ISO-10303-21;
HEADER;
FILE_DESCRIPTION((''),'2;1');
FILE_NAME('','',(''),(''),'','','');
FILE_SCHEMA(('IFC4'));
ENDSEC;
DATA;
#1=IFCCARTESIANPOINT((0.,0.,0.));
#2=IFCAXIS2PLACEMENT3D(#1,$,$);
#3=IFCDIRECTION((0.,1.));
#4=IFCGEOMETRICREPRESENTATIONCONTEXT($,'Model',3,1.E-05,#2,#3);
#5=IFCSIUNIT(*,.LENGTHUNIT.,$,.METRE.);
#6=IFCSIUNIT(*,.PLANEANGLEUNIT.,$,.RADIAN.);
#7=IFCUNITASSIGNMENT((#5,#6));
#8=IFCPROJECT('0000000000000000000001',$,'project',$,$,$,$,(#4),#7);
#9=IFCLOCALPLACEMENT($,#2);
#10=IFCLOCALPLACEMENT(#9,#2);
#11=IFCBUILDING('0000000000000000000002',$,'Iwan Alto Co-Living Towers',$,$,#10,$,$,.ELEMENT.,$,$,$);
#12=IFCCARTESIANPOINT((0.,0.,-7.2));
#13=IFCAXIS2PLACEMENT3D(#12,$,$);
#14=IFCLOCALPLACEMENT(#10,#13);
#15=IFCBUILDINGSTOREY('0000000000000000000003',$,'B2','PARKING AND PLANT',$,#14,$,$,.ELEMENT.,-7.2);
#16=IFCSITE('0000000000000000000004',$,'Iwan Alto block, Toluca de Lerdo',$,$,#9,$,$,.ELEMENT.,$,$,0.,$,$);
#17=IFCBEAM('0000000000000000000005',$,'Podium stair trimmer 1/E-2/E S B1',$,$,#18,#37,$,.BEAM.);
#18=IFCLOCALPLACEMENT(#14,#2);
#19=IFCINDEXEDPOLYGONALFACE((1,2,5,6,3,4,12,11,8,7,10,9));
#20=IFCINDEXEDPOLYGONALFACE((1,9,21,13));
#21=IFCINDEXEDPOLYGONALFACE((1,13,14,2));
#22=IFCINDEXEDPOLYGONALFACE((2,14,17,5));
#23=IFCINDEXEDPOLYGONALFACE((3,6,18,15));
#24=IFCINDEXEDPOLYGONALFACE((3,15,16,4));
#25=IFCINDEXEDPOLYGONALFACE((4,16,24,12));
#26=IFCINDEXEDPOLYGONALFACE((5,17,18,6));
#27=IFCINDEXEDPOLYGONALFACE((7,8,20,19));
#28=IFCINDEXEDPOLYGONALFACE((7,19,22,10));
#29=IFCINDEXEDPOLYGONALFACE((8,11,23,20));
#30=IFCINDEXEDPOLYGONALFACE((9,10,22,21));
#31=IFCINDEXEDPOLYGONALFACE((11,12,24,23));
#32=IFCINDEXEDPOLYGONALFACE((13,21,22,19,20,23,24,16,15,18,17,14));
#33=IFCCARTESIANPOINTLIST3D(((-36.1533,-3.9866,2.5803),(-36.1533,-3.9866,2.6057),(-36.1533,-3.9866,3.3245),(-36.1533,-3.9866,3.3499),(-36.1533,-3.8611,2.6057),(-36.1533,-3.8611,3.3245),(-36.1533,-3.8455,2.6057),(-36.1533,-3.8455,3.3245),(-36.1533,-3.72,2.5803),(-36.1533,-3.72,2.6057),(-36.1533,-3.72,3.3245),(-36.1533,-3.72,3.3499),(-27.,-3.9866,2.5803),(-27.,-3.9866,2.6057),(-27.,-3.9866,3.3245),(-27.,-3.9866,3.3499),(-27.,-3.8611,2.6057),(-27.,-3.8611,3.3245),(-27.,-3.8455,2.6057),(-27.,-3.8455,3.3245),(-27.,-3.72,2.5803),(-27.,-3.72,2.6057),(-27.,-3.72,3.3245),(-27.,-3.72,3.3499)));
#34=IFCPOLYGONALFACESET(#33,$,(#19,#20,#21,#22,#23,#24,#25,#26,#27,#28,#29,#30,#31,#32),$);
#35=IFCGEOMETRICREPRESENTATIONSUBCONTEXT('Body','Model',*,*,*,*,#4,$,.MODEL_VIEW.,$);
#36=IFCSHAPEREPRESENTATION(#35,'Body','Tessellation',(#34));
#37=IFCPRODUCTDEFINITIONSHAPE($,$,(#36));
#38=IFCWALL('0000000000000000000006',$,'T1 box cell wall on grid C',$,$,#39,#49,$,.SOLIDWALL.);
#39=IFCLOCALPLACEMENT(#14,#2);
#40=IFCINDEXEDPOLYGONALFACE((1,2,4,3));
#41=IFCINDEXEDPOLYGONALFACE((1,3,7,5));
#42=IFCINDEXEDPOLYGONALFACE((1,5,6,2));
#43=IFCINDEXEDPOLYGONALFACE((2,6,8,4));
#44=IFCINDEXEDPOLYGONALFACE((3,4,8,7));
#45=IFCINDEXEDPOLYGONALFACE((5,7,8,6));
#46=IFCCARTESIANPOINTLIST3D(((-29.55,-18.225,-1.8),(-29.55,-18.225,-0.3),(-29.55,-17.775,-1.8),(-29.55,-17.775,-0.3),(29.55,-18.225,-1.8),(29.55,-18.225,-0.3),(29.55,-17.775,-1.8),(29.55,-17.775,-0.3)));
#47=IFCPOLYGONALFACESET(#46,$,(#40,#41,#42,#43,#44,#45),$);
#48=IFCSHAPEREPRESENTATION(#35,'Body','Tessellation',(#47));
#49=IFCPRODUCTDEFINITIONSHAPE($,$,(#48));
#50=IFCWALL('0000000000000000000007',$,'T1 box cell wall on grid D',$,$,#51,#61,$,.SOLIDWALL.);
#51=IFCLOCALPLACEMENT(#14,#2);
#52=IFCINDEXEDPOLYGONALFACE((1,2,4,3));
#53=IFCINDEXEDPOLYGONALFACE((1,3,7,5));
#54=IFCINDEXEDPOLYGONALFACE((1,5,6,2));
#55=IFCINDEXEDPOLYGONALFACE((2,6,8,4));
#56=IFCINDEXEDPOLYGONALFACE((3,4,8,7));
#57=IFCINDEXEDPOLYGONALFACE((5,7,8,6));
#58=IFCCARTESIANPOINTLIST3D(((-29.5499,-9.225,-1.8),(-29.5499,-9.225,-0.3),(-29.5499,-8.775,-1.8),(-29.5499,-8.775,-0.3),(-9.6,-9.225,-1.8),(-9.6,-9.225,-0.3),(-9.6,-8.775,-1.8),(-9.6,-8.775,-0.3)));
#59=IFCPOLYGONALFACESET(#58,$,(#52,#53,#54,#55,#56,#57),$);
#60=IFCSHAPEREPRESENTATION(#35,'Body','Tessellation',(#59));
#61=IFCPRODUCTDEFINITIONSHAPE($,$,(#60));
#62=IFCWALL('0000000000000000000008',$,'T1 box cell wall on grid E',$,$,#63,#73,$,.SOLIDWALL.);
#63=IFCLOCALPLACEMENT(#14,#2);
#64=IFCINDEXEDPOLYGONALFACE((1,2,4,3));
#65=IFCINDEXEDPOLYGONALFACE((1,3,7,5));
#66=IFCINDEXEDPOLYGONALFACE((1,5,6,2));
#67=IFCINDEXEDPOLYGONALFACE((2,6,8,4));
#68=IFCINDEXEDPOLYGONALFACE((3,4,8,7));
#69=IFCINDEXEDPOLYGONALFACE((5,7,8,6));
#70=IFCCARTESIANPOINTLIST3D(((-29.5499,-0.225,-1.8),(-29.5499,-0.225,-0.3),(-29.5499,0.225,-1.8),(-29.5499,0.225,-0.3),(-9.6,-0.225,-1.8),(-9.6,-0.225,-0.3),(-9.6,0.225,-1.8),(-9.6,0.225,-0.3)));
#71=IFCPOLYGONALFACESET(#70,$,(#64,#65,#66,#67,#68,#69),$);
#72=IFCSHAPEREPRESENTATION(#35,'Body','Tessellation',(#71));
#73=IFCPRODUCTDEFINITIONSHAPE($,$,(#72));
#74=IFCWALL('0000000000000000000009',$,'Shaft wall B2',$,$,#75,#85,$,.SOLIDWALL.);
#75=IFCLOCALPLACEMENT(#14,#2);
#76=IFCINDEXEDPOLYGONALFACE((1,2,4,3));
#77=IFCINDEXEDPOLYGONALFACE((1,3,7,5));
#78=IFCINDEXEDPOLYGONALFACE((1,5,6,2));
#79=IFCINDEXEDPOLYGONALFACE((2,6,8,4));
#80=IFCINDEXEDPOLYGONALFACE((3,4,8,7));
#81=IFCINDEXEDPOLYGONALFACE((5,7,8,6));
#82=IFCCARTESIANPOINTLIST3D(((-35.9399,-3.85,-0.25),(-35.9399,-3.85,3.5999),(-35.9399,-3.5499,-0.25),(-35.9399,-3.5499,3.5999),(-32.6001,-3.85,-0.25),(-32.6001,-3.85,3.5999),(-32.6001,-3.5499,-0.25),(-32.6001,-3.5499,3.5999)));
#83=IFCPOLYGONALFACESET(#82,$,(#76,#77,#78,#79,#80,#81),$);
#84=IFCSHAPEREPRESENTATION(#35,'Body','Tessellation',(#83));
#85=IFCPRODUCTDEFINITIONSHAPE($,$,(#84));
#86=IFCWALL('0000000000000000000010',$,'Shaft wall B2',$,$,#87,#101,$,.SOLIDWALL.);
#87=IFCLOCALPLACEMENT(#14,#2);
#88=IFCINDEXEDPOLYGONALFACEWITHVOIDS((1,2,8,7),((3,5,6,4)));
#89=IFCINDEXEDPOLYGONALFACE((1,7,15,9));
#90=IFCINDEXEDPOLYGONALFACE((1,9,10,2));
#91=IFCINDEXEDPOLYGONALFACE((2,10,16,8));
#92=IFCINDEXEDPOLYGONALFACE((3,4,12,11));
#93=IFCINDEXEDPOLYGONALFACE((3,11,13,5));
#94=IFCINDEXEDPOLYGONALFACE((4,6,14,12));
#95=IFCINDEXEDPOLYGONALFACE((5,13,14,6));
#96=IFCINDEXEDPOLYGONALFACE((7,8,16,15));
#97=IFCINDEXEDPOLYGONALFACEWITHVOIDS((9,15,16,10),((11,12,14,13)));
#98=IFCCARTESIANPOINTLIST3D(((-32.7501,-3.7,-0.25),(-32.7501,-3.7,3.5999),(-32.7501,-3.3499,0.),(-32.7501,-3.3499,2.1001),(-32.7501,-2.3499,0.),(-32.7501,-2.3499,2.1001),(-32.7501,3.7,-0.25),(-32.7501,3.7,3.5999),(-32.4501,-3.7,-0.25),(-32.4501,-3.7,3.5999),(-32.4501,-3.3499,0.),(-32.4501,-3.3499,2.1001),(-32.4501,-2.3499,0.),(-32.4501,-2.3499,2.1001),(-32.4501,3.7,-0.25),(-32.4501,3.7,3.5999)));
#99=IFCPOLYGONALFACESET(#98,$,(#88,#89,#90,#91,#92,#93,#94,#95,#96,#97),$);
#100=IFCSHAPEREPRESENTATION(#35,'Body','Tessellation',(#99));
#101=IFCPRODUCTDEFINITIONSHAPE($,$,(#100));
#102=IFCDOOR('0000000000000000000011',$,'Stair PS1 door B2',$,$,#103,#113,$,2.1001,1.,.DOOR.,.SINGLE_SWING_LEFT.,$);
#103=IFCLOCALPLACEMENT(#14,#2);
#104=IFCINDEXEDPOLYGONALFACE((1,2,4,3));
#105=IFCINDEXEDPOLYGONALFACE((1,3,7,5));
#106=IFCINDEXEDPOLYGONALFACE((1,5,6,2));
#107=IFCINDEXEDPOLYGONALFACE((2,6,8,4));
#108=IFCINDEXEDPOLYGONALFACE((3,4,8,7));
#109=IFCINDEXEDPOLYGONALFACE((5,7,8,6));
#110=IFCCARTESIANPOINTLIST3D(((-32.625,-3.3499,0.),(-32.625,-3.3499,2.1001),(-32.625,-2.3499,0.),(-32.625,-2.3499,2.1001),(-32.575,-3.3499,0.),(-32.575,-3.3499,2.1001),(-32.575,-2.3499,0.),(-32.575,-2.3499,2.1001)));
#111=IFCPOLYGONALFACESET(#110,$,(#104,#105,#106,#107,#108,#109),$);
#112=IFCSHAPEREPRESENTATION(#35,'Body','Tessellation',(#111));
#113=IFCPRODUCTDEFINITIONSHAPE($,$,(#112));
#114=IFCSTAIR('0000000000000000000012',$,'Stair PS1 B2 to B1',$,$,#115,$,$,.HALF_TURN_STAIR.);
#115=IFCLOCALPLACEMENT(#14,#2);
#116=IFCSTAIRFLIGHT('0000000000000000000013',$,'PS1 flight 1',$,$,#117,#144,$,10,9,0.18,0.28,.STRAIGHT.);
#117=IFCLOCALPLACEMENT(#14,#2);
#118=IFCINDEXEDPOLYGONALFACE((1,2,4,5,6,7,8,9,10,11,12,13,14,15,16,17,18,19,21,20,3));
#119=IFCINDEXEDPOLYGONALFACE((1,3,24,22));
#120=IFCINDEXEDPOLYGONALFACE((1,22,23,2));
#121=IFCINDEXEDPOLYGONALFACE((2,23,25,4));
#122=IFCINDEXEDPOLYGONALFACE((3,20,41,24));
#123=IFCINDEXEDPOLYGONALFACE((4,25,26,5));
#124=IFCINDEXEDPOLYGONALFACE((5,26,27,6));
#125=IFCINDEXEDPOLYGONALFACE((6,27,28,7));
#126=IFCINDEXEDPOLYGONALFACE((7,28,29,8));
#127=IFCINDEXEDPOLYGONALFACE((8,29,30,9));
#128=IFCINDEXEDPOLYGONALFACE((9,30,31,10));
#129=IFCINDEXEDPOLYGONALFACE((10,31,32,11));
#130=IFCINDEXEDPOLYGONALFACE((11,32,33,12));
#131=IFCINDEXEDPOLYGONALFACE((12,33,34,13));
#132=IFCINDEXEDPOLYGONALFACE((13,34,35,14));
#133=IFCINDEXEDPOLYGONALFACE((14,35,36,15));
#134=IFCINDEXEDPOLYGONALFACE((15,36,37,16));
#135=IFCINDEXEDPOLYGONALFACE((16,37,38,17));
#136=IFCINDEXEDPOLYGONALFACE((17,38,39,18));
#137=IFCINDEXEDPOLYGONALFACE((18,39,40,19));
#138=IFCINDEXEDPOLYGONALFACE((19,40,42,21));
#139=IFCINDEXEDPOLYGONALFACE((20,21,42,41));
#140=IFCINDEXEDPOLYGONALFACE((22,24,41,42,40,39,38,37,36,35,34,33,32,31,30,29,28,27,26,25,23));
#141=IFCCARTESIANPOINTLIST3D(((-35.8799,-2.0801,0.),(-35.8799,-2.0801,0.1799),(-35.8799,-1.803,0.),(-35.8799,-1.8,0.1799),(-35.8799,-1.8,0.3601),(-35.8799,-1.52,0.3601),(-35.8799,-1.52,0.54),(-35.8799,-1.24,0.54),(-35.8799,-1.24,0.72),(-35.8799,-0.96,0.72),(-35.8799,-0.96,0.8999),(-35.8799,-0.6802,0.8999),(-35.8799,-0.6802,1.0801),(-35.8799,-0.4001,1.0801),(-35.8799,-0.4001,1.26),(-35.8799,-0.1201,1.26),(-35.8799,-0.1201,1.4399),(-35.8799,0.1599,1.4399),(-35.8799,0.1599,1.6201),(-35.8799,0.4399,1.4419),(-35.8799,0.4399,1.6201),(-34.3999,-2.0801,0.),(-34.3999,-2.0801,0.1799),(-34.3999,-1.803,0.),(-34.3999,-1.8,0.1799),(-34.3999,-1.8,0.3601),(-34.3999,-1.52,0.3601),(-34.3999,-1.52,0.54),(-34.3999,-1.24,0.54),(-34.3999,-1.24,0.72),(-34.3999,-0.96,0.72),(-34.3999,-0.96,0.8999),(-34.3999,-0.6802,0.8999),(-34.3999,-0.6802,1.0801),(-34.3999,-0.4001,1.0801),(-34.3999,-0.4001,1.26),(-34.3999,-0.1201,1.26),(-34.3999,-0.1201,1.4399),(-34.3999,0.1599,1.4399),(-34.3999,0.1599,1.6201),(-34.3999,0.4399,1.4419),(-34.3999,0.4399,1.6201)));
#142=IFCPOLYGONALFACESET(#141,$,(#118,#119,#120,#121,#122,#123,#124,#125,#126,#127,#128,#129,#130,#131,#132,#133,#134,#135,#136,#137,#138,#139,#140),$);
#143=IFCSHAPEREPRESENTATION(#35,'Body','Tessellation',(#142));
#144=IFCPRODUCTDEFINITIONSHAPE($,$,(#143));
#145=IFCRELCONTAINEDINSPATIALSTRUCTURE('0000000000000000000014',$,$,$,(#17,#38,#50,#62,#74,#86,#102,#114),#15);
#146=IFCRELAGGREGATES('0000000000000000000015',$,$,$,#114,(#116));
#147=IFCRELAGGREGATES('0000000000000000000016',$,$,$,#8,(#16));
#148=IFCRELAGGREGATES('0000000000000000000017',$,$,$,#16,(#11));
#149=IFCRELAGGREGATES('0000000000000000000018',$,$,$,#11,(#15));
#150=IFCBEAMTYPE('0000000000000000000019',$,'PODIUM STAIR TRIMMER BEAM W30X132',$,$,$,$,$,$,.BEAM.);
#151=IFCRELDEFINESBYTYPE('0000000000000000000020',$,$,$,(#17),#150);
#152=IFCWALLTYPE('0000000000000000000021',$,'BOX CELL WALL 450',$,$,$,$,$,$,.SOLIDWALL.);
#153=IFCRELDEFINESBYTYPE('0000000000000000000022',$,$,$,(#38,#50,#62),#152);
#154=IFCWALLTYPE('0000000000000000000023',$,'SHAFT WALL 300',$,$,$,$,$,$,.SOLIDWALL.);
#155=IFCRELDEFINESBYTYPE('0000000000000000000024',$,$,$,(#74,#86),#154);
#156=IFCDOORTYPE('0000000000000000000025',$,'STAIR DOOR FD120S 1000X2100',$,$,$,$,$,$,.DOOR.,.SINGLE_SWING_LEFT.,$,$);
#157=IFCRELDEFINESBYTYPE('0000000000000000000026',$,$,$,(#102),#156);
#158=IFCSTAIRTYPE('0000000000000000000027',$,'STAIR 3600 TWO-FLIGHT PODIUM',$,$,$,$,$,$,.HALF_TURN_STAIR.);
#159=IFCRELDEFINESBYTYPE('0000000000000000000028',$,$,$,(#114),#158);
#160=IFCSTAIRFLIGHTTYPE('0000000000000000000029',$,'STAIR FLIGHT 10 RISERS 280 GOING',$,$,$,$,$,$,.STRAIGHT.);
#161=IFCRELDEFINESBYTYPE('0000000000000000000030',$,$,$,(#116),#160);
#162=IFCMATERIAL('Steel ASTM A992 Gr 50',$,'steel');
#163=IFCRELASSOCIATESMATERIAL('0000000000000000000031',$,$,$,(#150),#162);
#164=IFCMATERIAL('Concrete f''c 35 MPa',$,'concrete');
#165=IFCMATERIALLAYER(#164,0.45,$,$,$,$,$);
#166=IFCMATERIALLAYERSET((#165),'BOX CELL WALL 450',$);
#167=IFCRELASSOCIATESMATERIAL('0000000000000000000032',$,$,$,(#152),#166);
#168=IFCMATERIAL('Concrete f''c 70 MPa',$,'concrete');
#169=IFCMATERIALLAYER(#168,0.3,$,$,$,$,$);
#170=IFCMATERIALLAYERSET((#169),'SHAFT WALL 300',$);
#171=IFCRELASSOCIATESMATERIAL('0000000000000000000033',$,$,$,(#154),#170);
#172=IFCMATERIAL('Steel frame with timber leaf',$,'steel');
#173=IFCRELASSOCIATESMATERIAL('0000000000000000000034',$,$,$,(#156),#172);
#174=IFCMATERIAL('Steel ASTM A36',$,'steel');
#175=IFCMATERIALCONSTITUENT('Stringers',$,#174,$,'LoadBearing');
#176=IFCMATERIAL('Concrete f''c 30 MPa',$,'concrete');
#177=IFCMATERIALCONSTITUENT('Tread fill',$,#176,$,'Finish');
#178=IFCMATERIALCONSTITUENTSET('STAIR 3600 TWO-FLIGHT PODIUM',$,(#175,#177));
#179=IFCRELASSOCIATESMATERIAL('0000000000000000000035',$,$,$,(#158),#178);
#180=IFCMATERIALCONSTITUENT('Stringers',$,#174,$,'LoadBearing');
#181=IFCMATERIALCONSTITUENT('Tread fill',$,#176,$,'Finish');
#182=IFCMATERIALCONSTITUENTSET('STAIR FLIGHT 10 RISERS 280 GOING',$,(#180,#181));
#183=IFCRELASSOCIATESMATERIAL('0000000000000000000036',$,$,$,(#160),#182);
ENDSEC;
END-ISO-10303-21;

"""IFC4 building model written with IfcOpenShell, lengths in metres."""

from ifc_helpers import new_model, si_unit, direction, frame, frame_2d, origin, origin_2d, place, context, subcontext, project, spatial, polyline, rectangle, i_section, outline, extrude, material, layer, layer_set, constituent, constituent_set, material_profile, profile_set, type_object, element, fill, aggregate, save


model = new_model("IFC4")

# Units and contexts
model_context = context("Model", 3, precision=1e-05, world=origin(), true_north=direction((0.0, 1.0)))
body_context = subcontext(model_context, "Body", "Model", "MODEL_VIEW")
ifc_project = project(units=[si_unit("LENGTHUNIT", "METRE"), si_unit("PLANEANGLEUNIT", "RADIAN")], contexts=[model_context])

# Site, building, storey
site_placement = place(None, origin())
site = spatial("IfcSite", under=ifc_project, at=site_placement, Name="Iwan Alto block, Toluca de Lerdo", CompositionType="ELEMENT", RefElevation=0.0)
building_placement = place(site_placement, origin())
building = spatial("IfcBuilding", under=site, at=building_placement, Name="Iwan Alto Co-Living Towers", CompositionType="ELEMENT")
storey_placement = place(building_placement, frame((0.0, 0.0, -7.2)))
storey = spatial("IfcBuildingStorey", under=building, at=storey_placement, Name="B2", Description="PARKING AND PLANT", CompositionType="ELEMENT", Elevation=-7.2)

# Beam
ifc_material_1 = material(Name="Steel ASTM A992 Gr 50", Category="steel")
ifc_material_profile_1 = material_profile(ifc_material_1, i_section(OverallWidth=0.2666, OverallDepth=0.7695, WebThickness=0.0156, FlangeThickness=0.0254, at=origin_2d()), Name="W30X132")
ifc_profile_set_1 = profile_set([ifc_material_profile_1], Name="Steel ASTM A992 Gr 50")
beam_type_1 = type_object("IfcBeamType", Name="PODIUM STAIR TRIMMER BEAM W30X132", PredefinedType="BEAM", material=ifc_profile_set_1)
beam_1_placement = place(storey_placement, frame((-36.1533, -3.8533, 2.9651), z_axis=(1.0, 0.0, 0.0), x_axis=(0.0, 1.0, 0.0)))
element("IfcBeam", 1, at=beam_1_placement, inside=storey, type_object=beam_type_1, Name="Podium stair trimmer 1/E-2/E S B1", PredefinedType="BEAM", context=body_context, shape_type="SweptSolid", body=[
    extrude(i_section(OverallWidth=0.2666, OverallDepth=0.7695, WebThickness=0.0156, FlangeThickness=0.0254, at=origin_2d()), origin(), (0.0, 0.0, 1.0), 9.1533),
])

# Walls
ifc_material_2 = material(Name="Concrete f'c 35 MPa", Category="concrete")
ifc_layer_1 = layer(ifc_material_2, 0.45)
ifc_layer_set_1 = layer_set([ifc_layer_1], Name="BOX CELL WALL 450")
wall_type_1 = type_object("IfcWallType", Name="BOX CELL WALL 450", PredefinedType="SOLIDWALL", material=ifc_layer_set_1)
wall_1_placement = place(storey_placement, frame((-29.55, -18.0, -1.8), z_axis=(0.0, 0.0, 1.0), x_axis=(1.0, 0.0, 0.0)))
element("IfcWall", 2, at=wall_1_placement, inside=storey, type_object=wall_type_1, Name="T1 box cell wall on grid C", PredefinedType="SOLIDWALL", context=body_context, shape_type="SweptSolid", body=[
    extrude(rectangle(XDim=59.1001, YDim=0.45, at=frame_2d((29.55, 0.0))), origin(), (0.0, 0.0, 1.0), 1.5),
])
for number, where, z_axis, x_axis, name in (
    (3, (-29.55, -9.0, -1.8), (0.0, 0.0, 1.0), (1.0, 0.0, 0.0), "T1 box cell wall on grid D"),
    (4, (-29.55, 0.0, -1.8), (0.0, 0.0, 1.0), (1.0, 0.0, 0.0), "T1 box cell wall on grid E"),
):
    element("IfcWall", number, at=place(storey_placement, frame(where, z_axis=z_axis, x_axis=x_axis)), inside=storey, type_object=wall_type_1, Name=name, PredefinedType="SOLIDWALL", context=body_context, shape_type="SweptSolid", body=[
        extrude(rectangle(XDim=19.95, YDim=0.45, at=frame_2d((9.9751, 0.0))), origin(), (0.0, 0.0, 1.0), 1.5),
    ])
ifc_material_3 = material(Name="Concrete f'c 70 MPa", Category="concrete")
ifc_layer_2 = layer(ifc_material_3, 0.3)
ifc_layer_set_2 = layer_set([ifc_layer_2], Name="SHAFT WALL 300")
wall_type_2 = type_object("IfcWallType", Name="SHAFT WALL 300", PredefinedType="SOLIDWALL", material=ifc_layer_set_2)
wall_2_placement = place(storey_placement, frame((-35.9399, -3.7, -0.25), z_axis=(0.0, 0.0, 1.0), x_axis=(1.0, 0.0, 0.0)))
element("IfcWall", 5, at=wall_2_placement, inside=storey, type_object=wall_type_2, Name="Shaft wall B2", PredefinedType="SOLIDWALL", context=body_context, shape_type="SweptSolid", body=[
    extrude(rectangle(XDim=3.3398, YDim=0.3, at=frame_2d((1.6699, 0.0))), origin(), (0.0, 0.0, 1.0), 3.8499),
])

# Wall, opening, door
wall_3_placement = place(storey_placement, frame((-32.6001, -3.7, -0.25), z_axis=(0.0, 0.0, 1.0), x_axis=(0.0, 1.0, 0.0)))
wall_3 = element("IfcWall", 6, at=wall_3_placement, inside=storey, type_object=wall_type_2, Name="Shaft wall B2", PredefinedType="SOLIDWALL", context=body_context, shape_type="SweptSolid", body=[
    extrude(rectangle(XDim=7.3999, YDim=0.3, at=frame_2d((3.7, 0.0))), origin(), (0.0, 0.0, 1.0), 3.8499),
])
opening_placement = place(wall_3_placement, frame((0.3501, 0.0, 0.25)))
opening = element("IfcOpeningElement", 7, at=opening_placement, cuts=wall_3, PredefinedType="OPENING", context=body_context, shape_type="SweptSolid", body=[
    extrude(rectangle(XDim=1.0, YDim=2.1001, at=frame_2d((0.5, 1.05))), frame((0.0, 0.1599, 0.0), z_axis=(0.0, -1.0, 0.0), x_axis=(1.0, 0.0, 0.0)), (0.0, 0.0, 1.0), 0.3201),
])
ifc_material_4 = material(Name="Steel frame with timber leaf", Category="steel")
door_type = type_object("IfcDoorType", Name="STAIR DOOR FD120S 1000X2100", OperationType="SINGLE_SWING_LEFT", PredefinedType="DOOR", material=ifc_material_4)
door_placement = place(opening_placement, origin())
door = element("IfcDoor", 8, at=door_placement, inside=storey, type_object=door_type, Name="Stair PS1 door B2", OperationType="SINGLE_SWING_LEFT", OverallHeight=2.1001, OverallWidth=1.0, PredefinedType="DOOR", context=body_context, shape_type="SweptSolid", body=[
    extrude(rectangle(XDim=1.0, YDim=2.1001, at=frame_2d((0.5, 1.05))), frame((0.0, 0.0249, 0.0), z_axis=(0.0, -1.0, 0.0), x_axis=(1.0, 0.0, 0.0)), (0.0, 0.0, 1.0), 0.05),
])
fill(opening, door)

# Stair, stair flight
ifc_material_5 = material(Name="Steel ASTM A36", Category="steel")
ifc_constituent_1 = constituent(ifc_material_5, Name="Stringers", Category="LoadBearing")
ifc_material_6 = material(Name="Concrete f'c 30 MPa", Category="concrete")
ifc_constituent_2 = constituent(ifc_material_6, Name="Tread fill", Category="Finish")
ifc_constituent_set_1 = constituent_set(constituents=[ifc_constituent_1, ifc_constituent_2], Name="STAIR 3600 TWO-FLIGHT PODIUM")
stair_type = type_object("IfcStairType", Name="STAIR 3600 TWO-FLIGHT PODIUM", PredefinedType="HALF_TURN_STAIR", material=ifc_constituent_set_1)
stair_placement = place(storey_placement, origin())
stair = element("IfcStair", 9, at=stair_placement, inside=storey, type_object=stair_type, Name="Stair PS1 B2 to B1", PredefinedType="HALF_TURN_STAIR")
ifc_constituent_3 = constituent(ifc_material_5, Name="Stringers", Category="LoadBearing")
ifc_constituent_4 = constituent(ifc_material_6, Name="Tread fill", Category="Finish")
ifc_constituent_set_2 = constituent_set(constituents=[ifc_constituent_3, ifc_constituent_4], Name="STAIR FLIGHT 10 RISERS 280 GOING")
stair_flight_type = type_object("IfcStairFlightType", Name="STAIR FLIGHT 10 RISERS 280 GOING", PredefinedType="STRAIGHT", material=ifc_constituent_set_2)
stair_flight_placement = place(storey_placement, frame((-35.1399, -2.0801, 0.0), z_axis=(0.0, 0.0, 1.0), x_axis=(0.0, 1.0, 0.0)))
stair_flight = element("IfcStairFlight", 10, at=stair_flight_placement, type_object=stair_flight_type, Name="PS1 flight 1", NumberOfRisers=10, NumberOfTreads=9, PredefinedType="STRAIGHT", RiserHeight=0.18, TreadLength=0.28, context=body_context, shape_type="SweptSolid", body=[
    extrude(outline(polyline([(0.0, 0.0), (0.0, 0.1799), (0.28, 0.1799), (0.28, 0.3601), (0.5601, 0.3601), (0.5601, 0.54), (0.8401, 0.54), (0.8401, 0.72), (1.1201, 0.72), (1.1201, 0.8999), (1.3999, 0.8999), (1.3999, 1.0801), (1.6799, 1.0801), (1.6799, 1.26), (1.96, 1.26), (1.96, 1.4399), (2.24, 1.4399), (2.24, 1.6201), (2.52, 1.6201), (2.52, 1.8), (2.52, 1.4419), (0.2771, 0.0), (0.0, 0.0)])), frame((0.0, 0.74, 0.0), z_axis=(0.0, -1.0, 0.0), x_axis=(1.0, 0.0, 0.0)), (0.0, 0.0, 1.0), 1.48),
])
aggregate(stair, [stair_flight])

save(model, "model.ifc")
